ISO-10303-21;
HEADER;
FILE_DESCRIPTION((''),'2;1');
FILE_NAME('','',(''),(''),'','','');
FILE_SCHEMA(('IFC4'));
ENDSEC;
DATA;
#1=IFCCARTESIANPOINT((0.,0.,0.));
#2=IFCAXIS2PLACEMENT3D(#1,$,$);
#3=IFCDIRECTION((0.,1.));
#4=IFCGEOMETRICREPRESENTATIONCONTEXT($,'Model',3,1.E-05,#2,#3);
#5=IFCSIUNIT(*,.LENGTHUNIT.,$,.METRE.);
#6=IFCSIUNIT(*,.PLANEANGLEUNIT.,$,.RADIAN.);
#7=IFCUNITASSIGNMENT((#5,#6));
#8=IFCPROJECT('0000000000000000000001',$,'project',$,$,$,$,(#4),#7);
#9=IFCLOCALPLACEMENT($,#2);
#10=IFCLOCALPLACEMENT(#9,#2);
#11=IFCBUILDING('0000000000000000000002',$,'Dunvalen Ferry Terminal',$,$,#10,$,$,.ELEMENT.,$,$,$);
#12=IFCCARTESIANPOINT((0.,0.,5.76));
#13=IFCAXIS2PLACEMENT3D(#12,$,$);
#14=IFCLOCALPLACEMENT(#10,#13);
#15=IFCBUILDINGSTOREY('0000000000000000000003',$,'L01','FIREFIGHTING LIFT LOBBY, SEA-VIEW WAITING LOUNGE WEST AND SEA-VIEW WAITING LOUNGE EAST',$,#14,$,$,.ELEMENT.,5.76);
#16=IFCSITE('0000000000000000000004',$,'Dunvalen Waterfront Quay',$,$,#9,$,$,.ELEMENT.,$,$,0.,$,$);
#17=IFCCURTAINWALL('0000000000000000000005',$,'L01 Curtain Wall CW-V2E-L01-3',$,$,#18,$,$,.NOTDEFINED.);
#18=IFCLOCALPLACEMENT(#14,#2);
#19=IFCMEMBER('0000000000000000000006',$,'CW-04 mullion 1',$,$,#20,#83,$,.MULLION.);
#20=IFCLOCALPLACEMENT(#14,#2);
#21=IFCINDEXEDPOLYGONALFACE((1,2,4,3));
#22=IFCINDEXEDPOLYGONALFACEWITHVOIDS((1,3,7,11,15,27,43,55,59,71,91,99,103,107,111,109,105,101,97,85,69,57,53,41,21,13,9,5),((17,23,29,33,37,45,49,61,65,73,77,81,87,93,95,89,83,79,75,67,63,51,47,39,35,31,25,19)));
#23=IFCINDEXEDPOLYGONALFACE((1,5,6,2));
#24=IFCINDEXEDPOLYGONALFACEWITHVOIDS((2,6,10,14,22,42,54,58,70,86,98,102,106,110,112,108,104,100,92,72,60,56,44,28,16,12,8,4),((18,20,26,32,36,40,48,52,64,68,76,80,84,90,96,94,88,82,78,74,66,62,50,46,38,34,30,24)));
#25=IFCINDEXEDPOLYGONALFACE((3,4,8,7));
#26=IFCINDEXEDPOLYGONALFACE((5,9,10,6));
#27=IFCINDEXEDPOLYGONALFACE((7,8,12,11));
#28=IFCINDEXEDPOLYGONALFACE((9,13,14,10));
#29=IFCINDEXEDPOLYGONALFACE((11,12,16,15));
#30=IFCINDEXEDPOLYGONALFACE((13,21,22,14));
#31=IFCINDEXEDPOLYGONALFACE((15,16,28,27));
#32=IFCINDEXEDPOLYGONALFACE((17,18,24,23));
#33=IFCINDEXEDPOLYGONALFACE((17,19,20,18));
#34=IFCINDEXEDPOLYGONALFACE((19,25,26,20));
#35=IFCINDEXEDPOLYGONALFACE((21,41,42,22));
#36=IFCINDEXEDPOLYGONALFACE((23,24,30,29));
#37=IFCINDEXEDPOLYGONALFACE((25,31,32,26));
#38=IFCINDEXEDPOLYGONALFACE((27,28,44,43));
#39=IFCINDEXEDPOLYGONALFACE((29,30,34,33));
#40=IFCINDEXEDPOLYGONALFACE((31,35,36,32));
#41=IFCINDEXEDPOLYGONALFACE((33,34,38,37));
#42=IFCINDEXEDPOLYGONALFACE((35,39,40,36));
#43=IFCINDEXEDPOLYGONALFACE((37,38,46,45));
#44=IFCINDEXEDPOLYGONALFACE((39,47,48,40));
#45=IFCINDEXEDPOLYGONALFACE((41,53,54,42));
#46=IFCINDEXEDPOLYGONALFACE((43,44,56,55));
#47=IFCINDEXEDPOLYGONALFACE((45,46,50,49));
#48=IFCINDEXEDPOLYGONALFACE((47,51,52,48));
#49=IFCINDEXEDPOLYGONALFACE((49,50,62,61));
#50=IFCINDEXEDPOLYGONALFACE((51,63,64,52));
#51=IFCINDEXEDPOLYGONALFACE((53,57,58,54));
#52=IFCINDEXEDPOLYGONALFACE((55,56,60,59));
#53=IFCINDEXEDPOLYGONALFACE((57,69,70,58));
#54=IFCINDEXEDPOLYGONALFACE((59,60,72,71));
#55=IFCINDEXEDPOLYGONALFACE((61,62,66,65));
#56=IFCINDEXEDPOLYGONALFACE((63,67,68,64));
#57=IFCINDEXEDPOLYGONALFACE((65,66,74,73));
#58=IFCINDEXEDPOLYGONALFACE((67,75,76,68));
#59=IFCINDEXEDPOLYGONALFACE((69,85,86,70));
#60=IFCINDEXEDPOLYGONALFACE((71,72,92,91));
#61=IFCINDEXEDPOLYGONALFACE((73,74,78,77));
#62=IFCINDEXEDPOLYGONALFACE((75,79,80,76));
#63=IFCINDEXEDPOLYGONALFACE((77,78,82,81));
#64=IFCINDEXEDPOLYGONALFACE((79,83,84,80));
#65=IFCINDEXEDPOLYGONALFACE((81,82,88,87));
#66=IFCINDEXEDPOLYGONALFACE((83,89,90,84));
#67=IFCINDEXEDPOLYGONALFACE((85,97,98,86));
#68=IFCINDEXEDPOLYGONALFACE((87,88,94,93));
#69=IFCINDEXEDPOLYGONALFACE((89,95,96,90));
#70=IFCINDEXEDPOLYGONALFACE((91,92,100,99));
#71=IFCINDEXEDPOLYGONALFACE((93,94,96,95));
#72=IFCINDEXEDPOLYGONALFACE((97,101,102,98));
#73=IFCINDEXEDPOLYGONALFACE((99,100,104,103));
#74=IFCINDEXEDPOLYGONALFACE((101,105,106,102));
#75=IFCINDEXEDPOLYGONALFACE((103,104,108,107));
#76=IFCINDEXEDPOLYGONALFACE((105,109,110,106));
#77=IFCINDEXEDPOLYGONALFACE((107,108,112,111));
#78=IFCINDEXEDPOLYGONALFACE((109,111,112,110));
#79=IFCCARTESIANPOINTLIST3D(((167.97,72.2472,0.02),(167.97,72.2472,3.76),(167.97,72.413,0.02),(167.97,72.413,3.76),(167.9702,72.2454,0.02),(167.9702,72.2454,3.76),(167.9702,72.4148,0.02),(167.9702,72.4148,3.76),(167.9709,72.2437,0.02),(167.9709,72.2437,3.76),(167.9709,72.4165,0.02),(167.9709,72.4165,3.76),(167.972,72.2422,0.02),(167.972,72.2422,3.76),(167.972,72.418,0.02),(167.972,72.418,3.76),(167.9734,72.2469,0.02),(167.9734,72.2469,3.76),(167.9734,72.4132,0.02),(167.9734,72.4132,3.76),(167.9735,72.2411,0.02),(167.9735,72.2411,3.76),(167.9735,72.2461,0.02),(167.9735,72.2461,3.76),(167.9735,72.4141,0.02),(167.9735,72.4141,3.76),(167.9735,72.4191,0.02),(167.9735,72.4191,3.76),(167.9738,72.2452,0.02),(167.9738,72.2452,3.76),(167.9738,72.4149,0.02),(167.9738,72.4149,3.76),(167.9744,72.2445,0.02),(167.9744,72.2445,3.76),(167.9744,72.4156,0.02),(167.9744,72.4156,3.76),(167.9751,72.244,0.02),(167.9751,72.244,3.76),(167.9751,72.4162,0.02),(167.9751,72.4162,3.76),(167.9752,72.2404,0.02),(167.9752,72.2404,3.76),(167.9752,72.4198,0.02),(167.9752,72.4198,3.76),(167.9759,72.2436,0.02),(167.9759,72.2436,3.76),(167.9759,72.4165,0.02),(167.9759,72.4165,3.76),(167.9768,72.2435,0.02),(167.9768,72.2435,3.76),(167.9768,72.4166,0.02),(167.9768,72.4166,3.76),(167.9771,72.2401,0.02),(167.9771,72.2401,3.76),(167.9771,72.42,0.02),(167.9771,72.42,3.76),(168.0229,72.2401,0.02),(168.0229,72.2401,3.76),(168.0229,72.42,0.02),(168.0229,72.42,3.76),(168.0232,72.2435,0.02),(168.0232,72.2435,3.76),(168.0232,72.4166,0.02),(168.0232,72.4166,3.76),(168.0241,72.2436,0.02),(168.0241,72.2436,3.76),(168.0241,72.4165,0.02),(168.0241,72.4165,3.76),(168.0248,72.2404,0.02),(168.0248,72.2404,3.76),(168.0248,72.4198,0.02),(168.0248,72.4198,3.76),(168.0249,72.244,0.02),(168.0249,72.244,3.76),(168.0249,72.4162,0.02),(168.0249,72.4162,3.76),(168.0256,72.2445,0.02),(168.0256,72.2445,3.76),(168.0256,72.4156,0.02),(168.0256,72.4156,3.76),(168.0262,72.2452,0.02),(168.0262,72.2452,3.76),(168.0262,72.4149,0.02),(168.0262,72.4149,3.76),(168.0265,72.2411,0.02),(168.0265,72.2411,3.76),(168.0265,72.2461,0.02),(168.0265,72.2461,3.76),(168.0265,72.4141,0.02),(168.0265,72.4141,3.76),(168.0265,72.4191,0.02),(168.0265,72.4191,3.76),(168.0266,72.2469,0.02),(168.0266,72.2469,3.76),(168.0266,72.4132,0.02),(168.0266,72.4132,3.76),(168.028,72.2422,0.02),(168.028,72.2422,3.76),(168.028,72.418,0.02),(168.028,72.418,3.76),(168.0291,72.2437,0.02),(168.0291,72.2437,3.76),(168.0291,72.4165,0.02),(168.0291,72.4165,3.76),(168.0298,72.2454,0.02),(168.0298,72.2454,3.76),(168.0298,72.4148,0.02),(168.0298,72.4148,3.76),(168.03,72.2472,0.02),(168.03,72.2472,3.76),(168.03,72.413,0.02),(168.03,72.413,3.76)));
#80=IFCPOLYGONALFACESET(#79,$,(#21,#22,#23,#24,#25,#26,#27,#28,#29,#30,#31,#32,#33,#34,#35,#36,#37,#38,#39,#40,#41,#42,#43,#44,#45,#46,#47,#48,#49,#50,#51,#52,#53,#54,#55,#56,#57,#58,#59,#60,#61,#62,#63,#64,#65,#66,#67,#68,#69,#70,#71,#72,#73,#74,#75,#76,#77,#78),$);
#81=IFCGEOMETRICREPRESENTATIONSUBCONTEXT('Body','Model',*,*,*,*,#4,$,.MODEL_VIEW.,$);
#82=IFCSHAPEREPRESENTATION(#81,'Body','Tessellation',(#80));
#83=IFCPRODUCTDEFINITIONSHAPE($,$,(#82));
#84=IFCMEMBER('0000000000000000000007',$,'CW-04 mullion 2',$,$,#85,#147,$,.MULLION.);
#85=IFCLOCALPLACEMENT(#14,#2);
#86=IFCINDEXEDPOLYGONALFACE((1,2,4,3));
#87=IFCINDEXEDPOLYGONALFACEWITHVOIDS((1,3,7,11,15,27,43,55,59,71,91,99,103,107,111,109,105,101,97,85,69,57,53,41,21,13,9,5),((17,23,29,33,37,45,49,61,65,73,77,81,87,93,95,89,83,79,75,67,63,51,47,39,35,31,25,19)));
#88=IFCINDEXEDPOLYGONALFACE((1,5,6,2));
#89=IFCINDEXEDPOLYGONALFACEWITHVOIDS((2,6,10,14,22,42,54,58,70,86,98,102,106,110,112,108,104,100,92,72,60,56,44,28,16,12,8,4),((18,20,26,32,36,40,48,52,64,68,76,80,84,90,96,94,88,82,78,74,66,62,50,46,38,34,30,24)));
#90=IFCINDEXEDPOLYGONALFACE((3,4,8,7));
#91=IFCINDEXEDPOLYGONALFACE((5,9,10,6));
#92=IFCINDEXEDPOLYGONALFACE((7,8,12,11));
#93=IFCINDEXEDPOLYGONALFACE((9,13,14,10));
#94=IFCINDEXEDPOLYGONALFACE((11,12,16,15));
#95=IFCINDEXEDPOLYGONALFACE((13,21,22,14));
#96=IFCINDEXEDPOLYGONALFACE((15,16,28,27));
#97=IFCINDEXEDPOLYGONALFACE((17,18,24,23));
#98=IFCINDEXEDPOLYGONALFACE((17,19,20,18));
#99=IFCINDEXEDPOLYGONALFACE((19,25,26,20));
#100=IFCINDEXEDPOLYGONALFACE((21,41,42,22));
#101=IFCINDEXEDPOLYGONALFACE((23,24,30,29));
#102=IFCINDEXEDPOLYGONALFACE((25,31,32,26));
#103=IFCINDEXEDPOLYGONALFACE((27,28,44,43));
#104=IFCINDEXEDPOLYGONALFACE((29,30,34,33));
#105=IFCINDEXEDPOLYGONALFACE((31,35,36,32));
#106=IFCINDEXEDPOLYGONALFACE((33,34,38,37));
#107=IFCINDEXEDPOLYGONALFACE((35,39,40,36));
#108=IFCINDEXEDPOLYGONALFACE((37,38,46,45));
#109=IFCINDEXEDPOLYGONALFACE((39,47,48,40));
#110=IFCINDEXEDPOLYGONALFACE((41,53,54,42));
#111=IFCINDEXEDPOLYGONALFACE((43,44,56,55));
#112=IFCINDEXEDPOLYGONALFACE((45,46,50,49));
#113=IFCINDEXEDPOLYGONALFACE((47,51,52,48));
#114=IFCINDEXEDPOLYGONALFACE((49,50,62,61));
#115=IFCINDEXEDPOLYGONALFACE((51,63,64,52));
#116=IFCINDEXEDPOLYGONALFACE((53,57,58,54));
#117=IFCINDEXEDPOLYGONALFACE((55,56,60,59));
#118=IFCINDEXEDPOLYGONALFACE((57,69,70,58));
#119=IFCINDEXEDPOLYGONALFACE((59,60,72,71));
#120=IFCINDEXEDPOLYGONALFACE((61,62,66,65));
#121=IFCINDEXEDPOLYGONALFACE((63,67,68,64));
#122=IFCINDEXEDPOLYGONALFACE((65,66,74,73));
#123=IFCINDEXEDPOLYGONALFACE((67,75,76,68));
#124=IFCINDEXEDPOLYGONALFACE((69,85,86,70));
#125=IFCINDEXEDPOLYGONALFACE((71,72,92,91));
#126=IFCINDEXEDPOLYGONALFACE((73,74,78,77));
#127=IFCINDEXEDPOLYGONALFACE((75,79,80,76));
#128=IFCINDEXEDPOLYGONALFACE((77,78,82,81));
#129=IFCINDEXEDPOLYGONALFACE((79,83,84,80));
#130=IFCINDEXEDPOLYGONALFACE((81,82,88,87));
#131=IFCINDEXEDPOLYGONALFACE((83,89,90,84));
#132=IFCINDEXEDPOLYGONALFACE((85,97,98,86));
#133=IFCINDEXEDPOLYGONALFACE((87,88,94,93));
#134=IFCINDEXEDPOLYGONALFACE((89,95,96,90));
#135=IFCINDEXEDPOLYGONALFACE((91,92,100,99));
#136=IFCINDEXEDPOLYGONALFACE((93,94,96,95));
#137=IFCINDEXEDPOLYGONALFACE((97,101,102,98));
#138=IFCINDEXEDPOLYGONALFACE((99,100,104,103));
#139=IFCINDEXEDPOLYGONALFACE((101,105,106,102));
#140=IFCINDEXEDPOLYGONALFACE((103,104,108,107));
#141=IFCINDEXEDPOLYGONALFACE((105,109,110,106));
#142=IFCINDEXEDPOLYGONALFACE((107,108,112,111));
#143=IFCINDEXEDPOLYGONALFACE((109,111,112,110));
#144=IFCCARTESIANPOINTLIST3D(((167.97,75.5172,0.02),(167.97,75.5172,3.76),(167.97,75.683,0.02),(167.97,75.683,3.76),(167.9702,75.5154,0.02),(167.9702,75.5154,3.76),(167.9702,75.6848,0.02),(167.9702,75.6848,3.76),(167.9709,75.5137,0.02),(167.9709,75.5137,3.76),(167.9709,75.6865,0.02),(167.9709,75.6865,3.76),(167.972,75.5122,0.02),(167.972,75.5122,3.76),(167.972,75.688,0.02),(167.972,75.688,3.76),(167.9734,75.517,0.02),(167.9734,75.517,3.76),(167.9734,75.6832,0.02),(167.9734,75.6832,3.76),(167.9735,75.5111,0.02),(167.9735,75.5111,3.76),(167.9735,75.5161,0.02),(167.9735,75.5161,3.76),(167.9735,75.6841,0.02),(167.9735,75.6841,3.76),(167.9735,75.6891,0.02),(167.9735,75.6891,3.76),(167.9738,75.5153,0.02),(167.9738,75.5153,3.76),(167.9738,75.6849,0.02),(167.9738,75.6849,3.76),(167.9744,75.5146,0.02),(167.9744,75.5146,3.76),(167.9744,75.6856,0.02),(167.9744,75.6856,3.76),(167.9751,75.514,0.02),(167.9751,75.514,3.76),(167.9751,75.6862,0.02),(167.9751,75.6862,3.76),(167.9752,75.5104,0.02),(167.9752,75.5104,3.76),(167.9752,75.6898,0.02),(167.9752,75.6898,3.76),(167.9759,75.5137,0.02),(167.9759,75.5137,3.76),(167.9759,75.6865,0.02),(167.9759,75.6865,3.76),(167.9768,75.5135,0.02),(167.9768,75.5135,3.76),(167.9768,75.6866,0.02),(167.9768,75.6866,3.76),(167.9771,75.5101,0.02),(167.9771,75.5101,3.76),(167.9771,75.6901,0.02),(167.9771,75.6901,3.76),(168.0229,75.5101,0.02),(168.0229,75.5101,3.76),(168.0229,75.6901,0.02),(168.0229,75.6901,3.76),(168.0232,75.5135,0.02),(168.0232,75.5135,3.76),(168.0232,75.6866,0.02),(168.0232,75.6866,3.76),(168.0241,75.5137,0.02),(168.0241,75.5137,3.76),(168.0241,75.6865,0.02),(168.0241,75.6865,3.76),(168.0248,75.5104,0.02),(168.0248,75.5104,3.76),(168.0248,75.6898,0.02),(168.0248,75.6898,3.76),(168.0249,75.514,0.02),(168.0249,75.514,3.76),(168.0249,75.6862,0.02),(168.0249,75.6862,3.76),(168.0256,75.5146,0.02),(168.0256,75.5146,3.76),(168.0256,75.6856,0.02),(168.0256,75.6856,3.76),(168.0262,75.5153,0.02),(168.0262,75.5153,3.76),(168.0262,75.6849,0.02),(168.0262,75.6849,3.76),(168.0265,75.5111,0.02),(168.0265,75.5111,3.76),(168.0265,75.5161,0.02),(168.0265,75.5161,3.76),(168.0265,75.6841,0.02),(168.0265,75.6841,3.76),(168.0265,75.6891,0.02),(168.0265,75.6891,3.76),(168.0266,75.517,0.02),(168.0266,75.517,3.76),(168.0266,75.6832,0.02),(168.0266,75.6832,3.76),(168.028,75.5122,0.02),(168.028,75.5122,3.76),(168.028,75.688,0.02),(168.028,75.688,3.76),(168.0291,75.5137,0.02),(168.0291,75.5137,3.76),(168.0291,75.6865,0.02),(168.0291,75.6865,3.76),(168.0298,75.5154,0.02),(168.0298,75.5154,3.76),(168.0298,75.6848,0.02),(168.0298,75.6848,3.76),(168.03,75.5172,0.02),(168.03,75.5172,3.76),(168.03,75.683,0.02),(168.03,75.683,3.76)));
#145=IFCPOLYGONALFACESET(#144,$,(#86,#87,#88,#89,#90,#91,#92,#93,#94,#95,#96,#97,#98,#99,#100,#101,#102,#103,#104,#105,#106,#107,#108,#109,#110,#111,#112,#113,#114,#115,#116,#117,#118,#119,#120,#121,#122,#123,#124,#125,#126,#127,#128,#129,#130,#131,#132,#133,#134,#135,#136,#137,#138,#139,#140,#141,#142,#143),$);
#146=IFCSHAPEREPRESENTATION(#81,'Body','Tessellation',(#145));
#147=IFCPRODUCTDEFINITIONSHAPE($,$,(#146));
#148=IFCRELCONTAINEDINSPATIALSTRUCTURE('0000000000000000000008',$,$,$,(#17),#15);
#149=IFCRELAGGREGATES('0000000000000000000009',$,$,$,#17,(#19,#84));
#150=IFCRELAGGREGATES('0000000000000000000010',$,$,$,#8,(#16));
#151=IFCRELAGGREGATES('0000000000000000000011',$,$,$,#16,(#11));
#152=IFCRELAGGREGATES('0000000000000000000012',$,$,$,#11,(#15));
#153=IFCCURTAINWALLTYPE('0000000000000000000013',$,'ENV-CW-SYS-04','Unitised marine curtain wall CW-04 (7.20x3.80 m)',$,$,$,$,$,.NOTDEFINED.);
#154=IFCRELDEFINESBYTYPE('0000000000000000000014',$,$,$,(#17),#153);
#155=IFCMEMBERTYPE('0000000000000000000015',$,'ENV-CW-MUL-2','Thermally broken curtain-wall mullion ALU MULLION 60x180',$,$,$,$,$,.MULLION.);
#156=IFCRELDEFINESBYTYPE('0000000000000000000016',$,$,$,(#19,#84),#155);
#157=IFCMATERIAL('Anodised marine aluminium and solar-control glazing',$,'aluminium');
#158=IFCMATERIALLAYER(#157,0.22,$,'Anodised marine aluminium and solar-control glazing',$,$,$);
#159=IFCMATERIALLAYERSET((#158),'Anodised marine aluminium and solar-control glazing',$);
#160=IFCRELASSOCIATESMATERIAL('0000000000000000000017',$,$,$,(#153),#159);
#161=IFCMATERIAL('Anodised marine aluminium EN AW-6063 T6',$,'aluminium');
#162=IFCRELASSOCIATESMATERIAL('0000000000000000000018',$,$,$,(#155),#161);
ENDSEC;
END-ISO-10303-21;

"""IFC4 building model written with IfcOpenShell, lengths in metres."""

from ifc_helpers import new_model, si_unit, direction, frame, origin, origin_2d, place, context, subcontext, project, spatial, hollow_rectangle, extrude, material, layer, layer_set, material_profile, profile_set, type_object, element, aggregate, save


model = new_model("IFC4")

# Units and contexts
model_context = context("Model", 3, precision=1e-05, world=origin(), true_north=direction((0.0, 1.0)))
body_context = subcontext(model_context, "Body", "Model", "MODEL_VIEW")
ifc_project = project(units=[si_unit("LENGTHUNIT", "METRE"), si_unit("PLANEANGLEUNIT", "RADIAN")], contexts=[model_context])

# Site, building, storey
site_placement = place(None, origin())
site = spatial("IfcSite", under=ifc_project, at=site_placement, Name="Dunvalen Waterfront Quay", CompositionType="ELEMENT", RefElevation=0.0)
building_placement = place(site_placement, origin())
building = spatial("IfcBuilding", under=site, at=building_placement, Name="Dunvalen Ferry Terminal", CompositionType="ELEMENT")
storey_placement = place(building_placement, frame((0.0, 0.0, 5.76)))
storey = spatial("IfcBuildingStorey", under=building, at=storey_placement, Name="L01", Description="FIREFIGHTING LIFT LOBBY, SEA-VIEW WAITING LOUNGE WEST AND SEA-VIEW WAITING LOUNGE EAST", CompositionType="ELEMENT", Elevation=5.76)

# Curtain wall, members
ifc_material_1 = material(Name="Anodised marine aluminium and solar-control glazing", Category="aluminium")
ifc_layer_1 = layer(ifc_material_1, 0.22, Name="Anodised marine aluminium and solar-control glazing")
ifc_layer_set_1 = layer_set([ifc_layer_1], Name="Anodised marine aluminium and solar-control glazing")
curtain_wall_type = type_object("IfcCurtainWallType", Name="ENV-CW-SYS-04", Description="Unitised marine curtain wall CW-04 (7.20x3.80 m)", PredefinedType="NOTDEFINED", material=ifc_layer_set_1)
ifc_material_2 = material(Name="Anodised marine aluminium EN AW-6063 T6", Category="aluminium")
ifc_material_profile_1 = material_profile(ifc_material_2, hollow_rectangle(XDim=0.0601, YDim=0.1799, WallThickness=0.0034, InnerFilletRadius=0.0034, OuterFilletRadius=0.0071, at=origin_2d()), Name="Anodised marine aluminium EN AW-6063 T6")
ifc_profile_set_1 = profile_set([ifc_material_profile_1], Name="Anodised marine aluminium EN AW-6063 T6")
member_type_1 = type_object("IfcMemberType", Name="ENV-CW-MUL-2", Description="Thermally broken curtain-wall mullion ALU MULLION 60x180", PredefinedType="MULLION", material=ifc_profile_set_1)
curtain_wall_1_placement = place(storey_placement, origin())
curtain_wall_1 = element("IfcCurtainWall", 1, at=curtain_wall_1_placement, inside=storey, type_object=curtain_wall_type, Name="L01 Curtain Wall CW-V2E-L01-3", PredefinedType="NOTDEFINED")
member_1_placement = place(storey_placement, frame((168.0, 72.3301, 0.02), z_axis=(0.0, 0.0, 1.0), x_axis=(-1.0, 0.0, 0.0)))
member_1 = element("IfcMember", 2, at=member_1_placement, type_object=member_type_1, Name="CW-04 mullion 1", PredefinedType="MULLION", context=body_context, shape_type="SweptSolid", body=[
    extrude(hollow_rectangle(XDim=0.0601, YDim=0.1799, WallThickness=0.0034, InnerFilletRadius=0.0034, OuterFilletRadius=0.0071, at=origin_2d()), origin(), (0.0, 0.0, 1.0), 3.74),
])
member_2_placement = place(storey_placement, frame((168.0, 75.6001, 0.02), z_axis=(0.0, 0.0, 1.0), x_axis=(-1.0, 0.0, 0.0)))
member_2 = element("IfcMember", 3, at=member_2_placement, type_object=member_type_1, Name="CW-04 mullion 2", PredefinedType="MULLION", context=body_context, shape_type="SweptSolid", body=[
    extrude(hollow_rectangle(XDim=0.0601, YDim=0.1799, WallThickness=0.0034, InnerFilletRadius=0.0034, OuterFilletRadius=0.0071, at=origin_2d()), origin(), (0.0, 0.0, 1.0), 3.74),
])

aggregate(curtain_wall_1, [member_1, member_2])

save(model, "model.ifc")
